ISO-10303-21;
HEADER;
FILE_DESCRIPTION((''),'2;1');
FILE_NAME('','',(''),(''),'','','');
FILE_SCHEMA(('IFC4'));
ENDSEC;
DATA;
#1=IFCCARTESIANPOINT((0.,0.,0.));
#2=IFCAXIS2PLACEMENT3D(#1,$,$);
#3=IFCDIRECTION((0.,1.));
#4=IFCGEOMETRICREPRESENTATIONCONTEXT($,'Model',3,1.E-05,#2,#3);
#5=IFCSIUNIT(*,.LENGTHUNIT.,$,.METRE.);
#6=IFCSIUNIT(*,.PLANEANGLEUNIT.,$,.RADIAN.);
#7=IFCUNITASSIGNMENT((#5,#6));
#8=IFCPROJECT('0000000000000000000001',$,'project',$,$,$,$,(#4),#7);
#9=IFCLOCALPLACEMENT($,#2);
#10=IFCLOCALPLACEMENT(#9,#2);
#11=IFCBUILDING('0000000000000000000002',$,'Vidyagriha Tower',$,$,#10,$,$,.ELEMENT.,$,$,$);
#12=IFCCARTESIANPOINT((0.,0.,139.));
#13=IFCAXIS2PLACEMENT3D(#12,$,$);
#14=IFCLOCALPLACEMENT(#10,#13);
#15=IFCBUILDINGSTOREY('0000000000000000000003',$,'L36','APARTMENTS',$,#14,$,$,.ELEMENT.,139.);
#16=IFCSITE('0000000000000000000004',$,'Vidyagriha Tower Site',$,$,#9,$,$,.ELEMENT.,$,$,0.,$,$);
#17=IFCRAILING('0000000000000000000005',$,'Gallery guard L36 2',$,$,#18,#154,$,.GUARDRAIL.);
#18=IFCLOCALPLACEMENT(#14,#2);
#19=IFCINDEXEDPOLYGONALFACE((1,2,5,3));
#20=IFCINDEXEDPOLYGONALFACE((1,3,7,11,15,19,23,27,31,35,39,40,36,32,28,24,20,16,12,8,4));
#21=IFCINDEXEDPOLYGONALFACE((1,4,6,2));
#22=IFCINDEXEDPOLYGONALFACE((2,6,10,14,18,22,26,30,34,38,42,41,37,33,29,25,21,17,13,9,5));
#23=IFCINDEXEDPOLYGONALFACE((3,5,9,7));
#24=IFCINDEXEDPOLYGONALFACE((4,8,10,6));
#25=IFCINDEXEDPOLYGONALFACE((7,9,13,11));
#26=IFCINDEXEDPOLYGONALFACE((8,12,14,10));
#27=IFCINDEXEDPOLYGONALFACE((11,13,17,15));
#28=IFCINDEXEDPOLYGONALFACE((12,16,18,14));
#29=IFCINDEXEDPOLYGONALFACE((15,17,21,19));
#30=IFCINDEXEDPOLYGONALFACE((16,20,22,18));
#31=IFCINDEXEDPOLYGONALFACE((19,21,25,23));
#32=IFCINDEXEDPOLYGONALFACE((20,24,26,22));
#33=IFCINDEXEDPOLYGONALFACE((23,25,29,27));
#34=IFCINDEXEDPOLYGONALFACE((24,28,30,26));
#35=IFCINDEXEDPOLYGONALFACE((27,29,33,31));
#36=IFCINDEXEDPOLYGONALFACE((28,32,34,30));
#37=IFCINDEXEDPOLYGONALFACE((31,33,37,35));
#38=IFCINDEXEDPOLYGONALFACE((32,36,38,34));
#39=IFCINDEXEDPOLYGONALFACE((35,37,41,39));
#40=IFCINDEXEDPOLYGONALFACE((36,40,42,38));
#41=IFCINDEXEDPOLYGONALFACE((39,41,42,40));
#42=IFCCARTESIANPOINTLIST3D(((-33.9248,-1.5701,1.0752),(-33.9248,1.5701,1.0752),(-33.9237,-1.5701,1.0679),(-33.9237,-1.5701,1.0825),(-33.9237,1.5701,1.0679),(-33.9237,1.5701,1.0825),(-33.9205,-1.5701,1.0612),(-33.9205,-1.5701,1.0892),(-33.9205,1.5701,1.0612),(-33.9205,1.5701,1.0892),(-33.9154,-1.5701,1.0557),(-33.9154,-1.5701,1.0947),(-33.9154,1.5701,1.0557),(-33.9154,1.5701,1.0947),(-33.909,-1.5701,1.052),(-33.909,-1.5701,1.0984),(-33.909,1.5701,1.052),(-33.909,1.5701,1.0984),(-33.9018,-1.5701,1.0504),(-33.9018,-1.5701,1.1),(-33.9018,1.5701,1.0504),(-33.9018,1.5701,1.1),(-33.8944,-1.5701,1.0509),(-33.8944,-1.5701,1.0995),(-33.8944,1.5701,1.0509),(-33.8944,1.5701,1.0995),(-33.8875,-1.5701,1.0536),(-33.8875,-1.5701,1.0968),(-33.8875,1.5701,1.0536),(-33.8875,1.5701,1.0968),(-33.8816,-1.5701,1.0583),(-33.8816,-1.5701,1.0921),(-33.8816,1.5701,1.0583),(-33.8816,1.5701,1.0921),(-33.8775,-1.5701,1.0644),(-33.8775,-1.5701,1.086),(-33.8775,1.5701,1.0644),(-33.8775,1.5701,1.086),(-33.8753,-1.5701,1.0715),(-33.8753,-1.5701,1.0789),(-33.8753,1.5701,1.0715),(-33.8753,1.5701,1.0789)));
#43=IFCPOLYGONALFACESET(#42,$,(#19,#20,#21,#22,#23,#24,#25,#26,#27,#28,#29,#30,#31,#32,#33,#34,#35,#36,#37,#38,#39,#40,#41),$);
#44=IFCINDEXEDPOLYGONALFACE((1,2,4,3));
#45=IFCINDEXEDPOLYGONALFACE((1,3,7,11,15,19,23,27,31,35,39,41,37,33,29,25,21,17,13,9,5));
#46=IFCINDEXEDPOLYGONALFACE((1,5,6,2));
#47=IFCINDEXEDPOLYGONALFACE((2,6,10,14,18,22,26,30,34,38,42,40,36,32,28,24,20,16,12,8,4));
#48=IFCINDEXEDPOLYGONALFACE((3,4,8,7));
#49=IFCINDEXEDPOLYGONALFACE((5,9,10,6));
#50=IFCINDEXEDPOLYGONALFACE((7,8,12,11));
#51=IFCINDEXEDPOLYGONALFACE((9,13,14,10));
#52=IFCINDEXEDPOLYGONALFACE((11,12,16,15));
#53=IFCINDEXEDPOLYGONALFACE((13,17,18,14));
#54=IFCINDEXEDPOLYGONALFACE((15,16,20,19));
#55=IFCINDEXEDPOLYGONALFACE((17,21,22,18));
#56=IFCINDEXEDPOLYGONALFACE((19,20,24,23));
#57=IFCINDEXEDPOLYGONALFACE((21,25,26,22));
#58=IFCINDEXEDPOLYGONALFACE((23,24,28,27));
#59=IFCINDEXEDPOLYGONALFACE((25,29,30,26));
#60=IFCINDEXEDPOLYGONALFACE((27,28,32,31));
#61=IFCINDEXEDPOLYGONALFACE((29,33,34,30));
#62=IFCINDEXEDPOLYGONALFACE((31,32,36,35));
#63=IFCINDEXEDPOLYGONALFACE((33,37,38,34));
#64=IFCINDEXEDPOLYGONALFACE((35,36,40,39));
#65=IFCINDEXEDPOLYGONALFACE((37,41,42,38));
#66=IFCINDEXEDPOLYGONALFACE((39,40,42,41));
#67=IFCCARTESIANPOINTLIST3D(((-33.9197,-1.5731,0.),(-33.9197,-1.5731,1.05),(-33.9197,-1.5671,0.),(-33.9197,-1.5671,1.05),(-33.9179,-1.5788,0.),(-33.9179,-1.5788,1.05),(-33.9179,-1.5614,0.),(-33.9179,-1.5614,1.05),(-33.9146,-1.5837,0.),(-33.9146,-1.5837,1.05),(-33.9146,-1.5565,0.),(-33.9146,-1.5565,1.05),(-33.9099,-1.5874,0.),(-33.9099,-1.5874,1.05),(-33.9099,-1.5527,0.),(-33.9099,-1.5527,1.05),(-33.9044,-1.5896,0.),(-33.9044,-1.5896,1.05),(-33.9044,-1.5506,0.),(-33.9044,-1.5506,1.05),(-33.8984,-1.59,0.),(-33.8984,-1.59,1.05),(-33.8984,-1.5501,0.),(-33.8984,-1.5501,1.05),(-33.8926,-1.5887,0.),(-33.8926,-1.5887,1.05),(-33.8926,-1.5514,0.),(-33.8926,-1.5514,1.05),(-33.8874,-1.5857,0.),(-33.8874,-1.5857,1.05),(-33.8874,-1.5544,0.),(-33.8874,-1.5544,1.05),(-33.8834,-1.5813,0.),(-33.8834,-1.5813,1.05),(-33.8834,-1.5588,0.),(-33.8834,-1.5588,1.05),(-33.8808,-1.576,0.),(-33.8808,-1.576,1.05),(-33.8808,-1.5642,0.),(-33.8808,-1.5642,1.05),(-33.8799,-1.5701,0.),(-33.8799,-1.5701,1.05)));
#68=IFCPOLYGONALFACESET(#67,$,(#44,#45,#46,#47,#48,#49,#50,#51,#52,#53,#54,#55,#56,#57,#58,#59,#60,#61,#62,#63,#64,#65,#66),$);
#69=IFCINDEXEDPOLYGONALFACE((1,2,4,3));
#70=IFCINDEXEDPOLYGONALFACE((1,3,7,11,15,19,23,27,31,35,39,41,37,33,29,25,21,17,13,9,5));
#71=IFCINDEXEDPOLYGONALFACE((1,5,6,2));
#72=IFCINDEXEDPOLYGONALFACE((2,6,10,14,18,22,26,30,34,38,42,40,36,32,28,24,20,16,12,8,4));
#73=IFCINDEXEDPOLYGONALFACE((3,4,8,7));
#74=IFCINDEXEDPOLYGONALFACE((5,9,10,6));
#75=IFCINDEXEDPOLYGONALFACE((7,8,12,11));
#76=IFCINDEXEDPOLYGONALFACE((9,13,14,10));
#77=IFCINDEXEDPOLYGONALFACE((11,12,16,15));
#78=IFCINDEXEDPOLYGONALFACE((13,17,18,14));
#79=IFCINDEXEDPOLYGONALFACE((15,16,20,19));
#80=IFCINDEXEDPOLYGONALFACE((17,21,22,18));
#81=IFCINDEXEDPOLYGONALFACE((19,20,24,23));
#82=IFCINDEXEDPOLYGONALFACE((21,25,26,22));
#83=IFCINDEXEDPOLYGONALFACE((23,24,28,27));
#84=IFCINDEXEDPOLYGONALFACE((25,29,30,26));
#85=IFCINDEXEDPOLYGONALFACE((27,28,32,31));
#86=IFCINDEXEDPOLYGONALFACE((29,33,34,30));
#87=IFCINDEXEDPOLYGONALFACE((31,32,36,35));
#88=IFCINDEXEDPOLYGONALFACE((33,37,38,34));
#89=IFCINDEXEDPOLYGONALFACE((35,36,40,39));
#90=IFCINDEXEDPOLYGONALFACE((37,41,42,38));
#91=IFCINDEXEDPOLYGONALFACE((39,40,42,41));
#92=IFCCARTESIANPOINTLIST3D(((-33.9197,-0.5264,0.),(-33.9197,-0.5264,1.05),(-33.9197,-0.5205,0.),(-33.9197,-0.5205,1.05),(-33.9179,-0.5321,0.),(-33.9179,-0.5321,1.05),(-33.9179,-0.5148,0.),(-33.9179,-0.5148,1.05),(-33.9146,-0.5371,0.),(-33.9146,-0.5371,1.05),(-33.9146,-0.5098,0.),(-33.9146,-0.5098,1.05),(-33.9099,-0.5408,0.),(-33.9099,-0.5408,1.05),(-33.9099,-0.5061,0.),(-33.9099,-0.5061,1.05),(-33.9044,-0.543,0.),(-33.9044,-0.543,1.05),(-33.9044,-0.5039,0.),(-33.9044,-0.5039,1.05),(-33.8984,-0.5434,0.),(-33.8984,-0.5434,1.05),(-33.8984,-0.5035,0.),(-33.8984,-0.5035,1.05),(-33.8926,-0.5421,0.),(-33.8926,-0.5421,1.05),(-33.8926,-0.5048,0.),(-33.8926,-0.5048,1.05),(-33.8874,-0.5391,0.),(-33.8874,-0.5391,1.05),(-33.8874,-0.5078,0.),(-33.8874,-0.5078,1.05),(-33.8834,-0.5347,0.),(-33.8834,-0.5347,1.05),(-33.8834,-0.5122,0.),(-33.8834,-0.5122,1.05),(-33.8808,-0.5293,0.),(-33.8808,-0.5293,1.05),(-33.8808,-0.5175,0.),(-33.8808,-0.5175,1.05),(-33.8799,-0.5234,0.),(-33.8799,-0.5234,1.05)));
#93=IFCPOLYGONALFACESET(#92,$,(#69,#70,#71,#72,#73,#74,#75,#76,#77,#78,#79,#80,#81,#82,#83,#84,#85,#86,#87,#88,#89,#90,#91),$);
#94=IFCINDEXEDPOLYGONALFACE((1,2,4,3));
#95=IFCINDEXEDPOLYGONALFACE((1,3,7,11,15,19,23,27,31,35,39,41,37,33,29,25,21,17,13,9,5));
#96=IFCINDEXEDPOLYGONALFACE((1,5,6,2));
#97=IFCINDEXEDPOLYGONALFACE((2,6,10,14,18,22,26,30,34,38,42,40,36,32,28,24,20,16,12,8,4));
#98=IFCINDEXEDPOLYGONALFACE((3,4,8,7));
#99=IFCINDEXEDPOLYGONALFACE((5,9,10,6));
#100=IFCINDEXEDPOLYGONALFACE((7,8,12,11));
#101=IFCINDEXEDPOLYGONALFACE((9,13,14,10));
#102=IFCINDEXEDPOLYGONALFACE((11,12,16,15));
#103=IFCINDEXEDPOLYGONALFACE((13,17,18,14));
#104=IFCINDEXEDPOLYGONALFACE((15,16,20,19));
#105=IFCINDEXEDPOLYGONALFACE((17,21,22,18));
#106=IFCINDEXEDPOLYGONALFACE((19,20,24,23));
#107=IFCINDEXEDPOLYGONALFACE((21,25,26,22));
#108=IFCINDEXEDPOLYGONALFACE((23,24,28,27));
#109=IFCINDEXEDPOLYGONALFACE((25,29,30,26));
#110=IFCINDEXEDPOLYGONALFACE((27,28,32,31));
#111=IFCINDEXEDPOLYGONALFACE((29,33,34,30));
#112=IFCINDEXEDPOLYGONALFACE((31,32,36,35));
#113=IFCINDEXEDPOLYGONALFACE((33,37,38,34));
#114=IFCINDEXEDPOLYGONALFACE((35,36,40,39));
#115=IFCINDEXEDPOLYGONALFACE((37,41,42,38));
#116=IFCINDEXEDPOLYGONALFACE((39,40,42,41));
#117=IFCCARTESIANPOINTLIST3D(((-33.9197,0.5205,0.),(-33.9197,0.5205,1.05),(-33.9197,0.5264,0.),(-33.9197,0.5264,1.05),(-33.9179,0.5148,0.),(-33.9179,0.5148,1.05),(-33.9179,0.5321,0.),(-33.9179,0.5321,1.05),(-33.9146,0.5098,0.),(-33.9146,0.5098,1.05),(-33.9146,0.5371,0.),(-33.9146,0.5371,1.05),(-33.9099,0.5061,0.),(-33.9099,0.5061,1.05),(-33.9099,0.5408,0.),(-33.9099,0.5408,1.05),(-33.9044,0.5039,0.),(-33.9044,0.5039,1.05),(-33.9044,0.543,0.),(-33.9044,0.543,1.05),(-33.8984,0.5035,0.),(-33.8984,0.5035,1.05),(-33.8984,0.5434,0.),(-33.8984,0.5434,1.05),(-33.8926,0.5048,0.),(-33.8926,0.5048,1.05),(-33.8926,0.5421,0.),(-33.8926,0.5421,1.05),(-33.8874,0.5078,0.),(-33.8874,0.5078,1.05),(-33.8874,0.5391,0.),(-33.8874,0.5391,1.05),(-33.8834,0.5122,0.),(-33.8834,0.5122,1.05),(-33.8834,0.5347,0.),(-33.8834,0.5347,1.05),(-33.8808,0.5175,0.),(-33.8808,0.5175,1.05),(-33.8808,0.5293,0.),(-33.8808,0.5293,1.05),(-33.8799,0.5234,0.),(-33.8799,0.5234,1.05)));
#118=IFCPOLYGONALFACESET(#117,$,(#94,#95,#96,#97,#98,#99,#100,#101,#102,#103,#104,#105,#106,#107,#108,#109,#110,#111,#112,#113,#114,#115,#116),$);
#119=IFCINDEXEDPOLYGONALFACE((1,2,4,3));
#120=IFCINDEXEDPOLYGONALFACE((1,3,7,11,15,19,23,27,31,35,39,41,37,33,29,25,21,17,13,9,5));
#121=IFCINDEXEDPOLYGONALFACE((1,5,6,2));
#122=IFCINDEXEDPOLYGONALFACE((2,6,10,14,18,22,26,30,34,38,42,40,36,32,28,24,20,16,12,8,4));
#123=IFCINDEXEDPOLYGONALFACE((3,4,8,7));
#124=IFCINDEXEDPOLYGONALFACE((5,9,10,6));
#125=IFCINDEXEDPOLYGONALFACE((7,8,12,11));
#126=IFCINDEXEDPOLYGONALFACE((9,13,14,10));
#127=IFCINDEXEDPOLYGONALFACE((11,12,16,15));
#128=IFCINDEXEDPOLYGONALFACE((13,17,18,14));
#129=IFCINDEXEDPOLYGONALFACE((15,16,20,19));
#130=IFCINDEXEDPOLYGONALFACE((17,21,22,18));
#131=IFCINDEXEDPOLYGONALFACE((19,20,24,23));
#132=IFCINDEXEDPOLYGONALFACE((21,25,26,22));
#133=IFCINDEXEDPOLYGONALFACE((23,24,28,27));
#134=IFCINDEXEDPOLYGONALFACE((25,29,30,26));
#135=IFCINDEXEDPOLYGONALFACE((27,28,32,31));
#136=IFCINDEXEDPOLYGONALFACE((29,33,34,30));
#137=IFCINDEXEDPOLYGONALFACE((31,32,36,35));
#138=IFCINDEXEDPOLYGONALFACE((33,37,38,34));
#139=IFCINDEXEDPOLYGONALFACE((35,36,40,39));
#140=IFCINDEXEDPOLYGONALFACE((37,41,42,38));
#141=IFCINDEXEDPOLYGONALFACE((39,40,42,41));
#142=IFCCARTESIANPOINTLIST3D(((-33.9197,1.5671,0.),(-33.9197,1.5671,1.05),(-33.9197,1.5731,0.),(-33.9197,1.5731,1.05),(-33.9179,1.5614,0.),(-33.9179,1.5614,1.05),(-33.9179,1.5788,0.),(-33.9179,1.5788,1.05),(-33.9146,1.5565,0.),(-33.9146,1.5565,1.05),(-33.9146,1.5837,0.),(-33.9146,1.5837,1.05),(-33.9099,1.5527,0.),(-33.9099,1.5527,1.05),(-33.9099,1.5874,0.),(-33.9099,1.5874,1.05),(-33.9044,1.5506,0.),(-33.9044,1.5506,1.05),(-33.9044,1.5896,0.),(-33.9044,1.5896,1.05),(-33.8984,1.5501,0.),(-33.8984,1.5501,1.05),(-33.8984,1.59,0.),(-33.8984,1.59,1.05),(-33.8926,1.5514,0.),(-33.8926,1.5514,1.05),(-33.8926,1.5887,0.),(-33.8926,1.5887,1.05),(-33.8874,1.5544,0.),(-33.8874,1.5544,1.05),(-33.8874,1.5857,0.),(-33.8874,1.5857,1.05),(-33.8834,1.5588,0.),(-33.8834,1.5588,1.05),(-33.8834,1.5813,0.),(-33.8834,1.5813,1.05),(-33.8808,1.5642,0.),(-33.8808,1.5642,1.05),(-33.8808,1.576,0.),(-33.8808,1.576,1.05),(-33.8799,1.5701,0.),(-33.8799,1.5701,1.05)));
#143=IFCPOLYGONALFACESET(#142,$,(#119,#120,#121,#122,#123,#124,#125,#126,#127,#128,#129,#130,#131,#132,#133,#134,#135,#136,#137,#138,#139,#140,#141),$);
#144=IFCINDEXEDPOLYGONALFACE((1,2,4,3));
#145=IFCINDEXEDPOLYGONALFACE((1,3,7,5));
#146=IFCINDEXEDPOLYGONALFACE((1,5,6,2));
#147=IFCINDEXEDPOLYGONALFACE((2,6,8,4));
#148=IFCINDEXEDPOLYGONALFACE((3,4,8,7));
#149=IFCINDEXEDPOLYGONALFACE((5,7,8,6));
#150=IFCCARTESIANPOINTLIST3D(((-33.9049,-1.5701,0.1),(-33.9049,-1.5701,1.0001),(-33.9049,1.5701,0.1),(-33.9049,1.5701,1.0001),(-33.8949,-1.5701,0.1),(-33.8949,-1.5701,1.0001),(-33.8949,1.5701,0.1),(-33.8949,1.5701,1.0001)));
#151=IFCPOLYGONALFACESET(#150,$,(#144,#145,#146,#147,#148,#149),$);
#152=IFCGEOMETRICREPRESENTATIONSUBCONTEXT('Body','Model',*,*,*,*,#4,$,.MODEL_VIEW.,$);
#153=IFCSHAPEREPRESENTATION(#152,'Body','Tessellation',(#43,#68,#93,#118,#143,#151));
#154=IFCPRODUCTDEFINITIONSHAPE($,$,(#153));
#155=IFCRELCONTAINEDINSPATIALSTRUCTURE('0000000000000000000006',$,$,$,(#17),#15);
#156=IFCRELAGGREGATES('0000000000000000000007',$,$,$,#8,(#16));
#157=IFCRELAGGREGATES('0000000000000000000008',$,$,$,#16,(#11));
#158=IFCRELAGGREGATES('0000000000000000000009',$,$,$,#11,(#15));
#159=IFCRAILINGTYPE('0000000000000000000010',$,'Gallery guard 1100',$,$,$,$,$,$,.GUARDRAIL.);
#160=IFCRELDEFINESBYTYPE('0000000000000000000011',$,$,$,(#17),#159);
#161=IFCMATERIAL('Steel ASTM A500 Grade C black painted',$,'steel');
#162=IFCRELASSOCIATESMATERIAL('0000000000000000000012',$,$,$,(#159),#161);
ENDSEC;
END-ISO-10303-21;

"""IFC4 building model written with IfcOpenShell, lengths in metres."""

from ifc_helpers import new_model, si_unit, direction, frame, origin, origin_2d, place, context, subcontext, project, spatial, rectangle, circle, extrude, material, type_object, element, save


model = new_model("IFC4")

# Units and contexts
model_context = context("Model", 3, precision=1e-05, world=origin(), true_north=direction((0.0, 1.0)))
body_context = subcontext(model_context, "Body", "Model", "MODEL_VIEW")
ifc_project = project(units=[si_unit("LENGTHUNIT", "METRE"), si_unit("PLANEANGLEUNIT", "RADIAN")], contexts=[model_context])

# Site, building, storey
site_placement = place(None, origin())
site = spatial("IfcSite", under=ifc_project, at=site_placement, Name="Vidyagriha Tower Site", CompositionType="ELEMENT", RefElevation=0.0)
building_placement = place(site_placement, origin())
building = spatial("IfcBuilding", under=site, at=building_placement, Name="Vidyagriha Tower", CompositionType="ELEMENT")
storey_placement = place(building_placement, frame((0.0, 0.0, 139.0)))
storey = spatial("IfcBuildingStorey", under=building, at=storey_placement, Name="L36", Description="APARTMENTS", CompositionType="ELEMENT", Elevation=139.0)

# Railing
ifc_material_1 = material(Name="Steel ASTM A500 Grade C black painted", Category="steel")
railing_type_1 = type_object("IfcRailingType", Name="Gallery guard 1100", PredefinedType="GUARDRAIL", material=ifc_material_1)
railing_1_placement = place(storey_placement, frame((-33.8999, -1.5701, 0.0)))
element("IfcRailing", 1, at=railing_1_placement, inside=storey, type_object=railing_type_1, Name="Gallery guard L36 2", PredefinedType="GUARDRAIL", context=body_context, shape_type="SweptSolid", body=[
    extrude(circle(Radius=0.0249, at=origin_2d()), frame((0.0, 0.0, 1.0752), z_axis=(0.0, 1.0, 0.0), x_axis=(-1.0, 0.0, 0.0)), (0.0, 0.0, 1.0), 3.1401),
    extrude(circle(Radius=0.02, at=origin_2d()), origin(), (0.0, 0.0, 1.0), 1.05),
    extrude(circle(Radius=0.02, at=origin_2d()), frame((0.0, 1.0466, 0.0)), (0.0, 0.0, 1.0), 1.05),
    extrude(circle(Radius=0.02, at=origin_2d()), frame((0.0, 2.0935, 0.0)), (0.0, 0.0, 1.0), 1.05),
    extrude(circle(Radius=0.02, at=origin_2d()), frame((0.0, 3.1401, 0.0)), (0.0, 0.0, 1.0), 1.05),
    extrude(rectangle(XDim=0.01, YDim=0.9001, at=origin_2d()), frame((0.0, 0.0, 0.55), z_axis=(0.0, 1.0, 0.0), x_axis=(-1.0, 0.0, 0.0)), (0.0, 0.0, 1.0), 3.1401),
])

save(model, "model.ifc")
